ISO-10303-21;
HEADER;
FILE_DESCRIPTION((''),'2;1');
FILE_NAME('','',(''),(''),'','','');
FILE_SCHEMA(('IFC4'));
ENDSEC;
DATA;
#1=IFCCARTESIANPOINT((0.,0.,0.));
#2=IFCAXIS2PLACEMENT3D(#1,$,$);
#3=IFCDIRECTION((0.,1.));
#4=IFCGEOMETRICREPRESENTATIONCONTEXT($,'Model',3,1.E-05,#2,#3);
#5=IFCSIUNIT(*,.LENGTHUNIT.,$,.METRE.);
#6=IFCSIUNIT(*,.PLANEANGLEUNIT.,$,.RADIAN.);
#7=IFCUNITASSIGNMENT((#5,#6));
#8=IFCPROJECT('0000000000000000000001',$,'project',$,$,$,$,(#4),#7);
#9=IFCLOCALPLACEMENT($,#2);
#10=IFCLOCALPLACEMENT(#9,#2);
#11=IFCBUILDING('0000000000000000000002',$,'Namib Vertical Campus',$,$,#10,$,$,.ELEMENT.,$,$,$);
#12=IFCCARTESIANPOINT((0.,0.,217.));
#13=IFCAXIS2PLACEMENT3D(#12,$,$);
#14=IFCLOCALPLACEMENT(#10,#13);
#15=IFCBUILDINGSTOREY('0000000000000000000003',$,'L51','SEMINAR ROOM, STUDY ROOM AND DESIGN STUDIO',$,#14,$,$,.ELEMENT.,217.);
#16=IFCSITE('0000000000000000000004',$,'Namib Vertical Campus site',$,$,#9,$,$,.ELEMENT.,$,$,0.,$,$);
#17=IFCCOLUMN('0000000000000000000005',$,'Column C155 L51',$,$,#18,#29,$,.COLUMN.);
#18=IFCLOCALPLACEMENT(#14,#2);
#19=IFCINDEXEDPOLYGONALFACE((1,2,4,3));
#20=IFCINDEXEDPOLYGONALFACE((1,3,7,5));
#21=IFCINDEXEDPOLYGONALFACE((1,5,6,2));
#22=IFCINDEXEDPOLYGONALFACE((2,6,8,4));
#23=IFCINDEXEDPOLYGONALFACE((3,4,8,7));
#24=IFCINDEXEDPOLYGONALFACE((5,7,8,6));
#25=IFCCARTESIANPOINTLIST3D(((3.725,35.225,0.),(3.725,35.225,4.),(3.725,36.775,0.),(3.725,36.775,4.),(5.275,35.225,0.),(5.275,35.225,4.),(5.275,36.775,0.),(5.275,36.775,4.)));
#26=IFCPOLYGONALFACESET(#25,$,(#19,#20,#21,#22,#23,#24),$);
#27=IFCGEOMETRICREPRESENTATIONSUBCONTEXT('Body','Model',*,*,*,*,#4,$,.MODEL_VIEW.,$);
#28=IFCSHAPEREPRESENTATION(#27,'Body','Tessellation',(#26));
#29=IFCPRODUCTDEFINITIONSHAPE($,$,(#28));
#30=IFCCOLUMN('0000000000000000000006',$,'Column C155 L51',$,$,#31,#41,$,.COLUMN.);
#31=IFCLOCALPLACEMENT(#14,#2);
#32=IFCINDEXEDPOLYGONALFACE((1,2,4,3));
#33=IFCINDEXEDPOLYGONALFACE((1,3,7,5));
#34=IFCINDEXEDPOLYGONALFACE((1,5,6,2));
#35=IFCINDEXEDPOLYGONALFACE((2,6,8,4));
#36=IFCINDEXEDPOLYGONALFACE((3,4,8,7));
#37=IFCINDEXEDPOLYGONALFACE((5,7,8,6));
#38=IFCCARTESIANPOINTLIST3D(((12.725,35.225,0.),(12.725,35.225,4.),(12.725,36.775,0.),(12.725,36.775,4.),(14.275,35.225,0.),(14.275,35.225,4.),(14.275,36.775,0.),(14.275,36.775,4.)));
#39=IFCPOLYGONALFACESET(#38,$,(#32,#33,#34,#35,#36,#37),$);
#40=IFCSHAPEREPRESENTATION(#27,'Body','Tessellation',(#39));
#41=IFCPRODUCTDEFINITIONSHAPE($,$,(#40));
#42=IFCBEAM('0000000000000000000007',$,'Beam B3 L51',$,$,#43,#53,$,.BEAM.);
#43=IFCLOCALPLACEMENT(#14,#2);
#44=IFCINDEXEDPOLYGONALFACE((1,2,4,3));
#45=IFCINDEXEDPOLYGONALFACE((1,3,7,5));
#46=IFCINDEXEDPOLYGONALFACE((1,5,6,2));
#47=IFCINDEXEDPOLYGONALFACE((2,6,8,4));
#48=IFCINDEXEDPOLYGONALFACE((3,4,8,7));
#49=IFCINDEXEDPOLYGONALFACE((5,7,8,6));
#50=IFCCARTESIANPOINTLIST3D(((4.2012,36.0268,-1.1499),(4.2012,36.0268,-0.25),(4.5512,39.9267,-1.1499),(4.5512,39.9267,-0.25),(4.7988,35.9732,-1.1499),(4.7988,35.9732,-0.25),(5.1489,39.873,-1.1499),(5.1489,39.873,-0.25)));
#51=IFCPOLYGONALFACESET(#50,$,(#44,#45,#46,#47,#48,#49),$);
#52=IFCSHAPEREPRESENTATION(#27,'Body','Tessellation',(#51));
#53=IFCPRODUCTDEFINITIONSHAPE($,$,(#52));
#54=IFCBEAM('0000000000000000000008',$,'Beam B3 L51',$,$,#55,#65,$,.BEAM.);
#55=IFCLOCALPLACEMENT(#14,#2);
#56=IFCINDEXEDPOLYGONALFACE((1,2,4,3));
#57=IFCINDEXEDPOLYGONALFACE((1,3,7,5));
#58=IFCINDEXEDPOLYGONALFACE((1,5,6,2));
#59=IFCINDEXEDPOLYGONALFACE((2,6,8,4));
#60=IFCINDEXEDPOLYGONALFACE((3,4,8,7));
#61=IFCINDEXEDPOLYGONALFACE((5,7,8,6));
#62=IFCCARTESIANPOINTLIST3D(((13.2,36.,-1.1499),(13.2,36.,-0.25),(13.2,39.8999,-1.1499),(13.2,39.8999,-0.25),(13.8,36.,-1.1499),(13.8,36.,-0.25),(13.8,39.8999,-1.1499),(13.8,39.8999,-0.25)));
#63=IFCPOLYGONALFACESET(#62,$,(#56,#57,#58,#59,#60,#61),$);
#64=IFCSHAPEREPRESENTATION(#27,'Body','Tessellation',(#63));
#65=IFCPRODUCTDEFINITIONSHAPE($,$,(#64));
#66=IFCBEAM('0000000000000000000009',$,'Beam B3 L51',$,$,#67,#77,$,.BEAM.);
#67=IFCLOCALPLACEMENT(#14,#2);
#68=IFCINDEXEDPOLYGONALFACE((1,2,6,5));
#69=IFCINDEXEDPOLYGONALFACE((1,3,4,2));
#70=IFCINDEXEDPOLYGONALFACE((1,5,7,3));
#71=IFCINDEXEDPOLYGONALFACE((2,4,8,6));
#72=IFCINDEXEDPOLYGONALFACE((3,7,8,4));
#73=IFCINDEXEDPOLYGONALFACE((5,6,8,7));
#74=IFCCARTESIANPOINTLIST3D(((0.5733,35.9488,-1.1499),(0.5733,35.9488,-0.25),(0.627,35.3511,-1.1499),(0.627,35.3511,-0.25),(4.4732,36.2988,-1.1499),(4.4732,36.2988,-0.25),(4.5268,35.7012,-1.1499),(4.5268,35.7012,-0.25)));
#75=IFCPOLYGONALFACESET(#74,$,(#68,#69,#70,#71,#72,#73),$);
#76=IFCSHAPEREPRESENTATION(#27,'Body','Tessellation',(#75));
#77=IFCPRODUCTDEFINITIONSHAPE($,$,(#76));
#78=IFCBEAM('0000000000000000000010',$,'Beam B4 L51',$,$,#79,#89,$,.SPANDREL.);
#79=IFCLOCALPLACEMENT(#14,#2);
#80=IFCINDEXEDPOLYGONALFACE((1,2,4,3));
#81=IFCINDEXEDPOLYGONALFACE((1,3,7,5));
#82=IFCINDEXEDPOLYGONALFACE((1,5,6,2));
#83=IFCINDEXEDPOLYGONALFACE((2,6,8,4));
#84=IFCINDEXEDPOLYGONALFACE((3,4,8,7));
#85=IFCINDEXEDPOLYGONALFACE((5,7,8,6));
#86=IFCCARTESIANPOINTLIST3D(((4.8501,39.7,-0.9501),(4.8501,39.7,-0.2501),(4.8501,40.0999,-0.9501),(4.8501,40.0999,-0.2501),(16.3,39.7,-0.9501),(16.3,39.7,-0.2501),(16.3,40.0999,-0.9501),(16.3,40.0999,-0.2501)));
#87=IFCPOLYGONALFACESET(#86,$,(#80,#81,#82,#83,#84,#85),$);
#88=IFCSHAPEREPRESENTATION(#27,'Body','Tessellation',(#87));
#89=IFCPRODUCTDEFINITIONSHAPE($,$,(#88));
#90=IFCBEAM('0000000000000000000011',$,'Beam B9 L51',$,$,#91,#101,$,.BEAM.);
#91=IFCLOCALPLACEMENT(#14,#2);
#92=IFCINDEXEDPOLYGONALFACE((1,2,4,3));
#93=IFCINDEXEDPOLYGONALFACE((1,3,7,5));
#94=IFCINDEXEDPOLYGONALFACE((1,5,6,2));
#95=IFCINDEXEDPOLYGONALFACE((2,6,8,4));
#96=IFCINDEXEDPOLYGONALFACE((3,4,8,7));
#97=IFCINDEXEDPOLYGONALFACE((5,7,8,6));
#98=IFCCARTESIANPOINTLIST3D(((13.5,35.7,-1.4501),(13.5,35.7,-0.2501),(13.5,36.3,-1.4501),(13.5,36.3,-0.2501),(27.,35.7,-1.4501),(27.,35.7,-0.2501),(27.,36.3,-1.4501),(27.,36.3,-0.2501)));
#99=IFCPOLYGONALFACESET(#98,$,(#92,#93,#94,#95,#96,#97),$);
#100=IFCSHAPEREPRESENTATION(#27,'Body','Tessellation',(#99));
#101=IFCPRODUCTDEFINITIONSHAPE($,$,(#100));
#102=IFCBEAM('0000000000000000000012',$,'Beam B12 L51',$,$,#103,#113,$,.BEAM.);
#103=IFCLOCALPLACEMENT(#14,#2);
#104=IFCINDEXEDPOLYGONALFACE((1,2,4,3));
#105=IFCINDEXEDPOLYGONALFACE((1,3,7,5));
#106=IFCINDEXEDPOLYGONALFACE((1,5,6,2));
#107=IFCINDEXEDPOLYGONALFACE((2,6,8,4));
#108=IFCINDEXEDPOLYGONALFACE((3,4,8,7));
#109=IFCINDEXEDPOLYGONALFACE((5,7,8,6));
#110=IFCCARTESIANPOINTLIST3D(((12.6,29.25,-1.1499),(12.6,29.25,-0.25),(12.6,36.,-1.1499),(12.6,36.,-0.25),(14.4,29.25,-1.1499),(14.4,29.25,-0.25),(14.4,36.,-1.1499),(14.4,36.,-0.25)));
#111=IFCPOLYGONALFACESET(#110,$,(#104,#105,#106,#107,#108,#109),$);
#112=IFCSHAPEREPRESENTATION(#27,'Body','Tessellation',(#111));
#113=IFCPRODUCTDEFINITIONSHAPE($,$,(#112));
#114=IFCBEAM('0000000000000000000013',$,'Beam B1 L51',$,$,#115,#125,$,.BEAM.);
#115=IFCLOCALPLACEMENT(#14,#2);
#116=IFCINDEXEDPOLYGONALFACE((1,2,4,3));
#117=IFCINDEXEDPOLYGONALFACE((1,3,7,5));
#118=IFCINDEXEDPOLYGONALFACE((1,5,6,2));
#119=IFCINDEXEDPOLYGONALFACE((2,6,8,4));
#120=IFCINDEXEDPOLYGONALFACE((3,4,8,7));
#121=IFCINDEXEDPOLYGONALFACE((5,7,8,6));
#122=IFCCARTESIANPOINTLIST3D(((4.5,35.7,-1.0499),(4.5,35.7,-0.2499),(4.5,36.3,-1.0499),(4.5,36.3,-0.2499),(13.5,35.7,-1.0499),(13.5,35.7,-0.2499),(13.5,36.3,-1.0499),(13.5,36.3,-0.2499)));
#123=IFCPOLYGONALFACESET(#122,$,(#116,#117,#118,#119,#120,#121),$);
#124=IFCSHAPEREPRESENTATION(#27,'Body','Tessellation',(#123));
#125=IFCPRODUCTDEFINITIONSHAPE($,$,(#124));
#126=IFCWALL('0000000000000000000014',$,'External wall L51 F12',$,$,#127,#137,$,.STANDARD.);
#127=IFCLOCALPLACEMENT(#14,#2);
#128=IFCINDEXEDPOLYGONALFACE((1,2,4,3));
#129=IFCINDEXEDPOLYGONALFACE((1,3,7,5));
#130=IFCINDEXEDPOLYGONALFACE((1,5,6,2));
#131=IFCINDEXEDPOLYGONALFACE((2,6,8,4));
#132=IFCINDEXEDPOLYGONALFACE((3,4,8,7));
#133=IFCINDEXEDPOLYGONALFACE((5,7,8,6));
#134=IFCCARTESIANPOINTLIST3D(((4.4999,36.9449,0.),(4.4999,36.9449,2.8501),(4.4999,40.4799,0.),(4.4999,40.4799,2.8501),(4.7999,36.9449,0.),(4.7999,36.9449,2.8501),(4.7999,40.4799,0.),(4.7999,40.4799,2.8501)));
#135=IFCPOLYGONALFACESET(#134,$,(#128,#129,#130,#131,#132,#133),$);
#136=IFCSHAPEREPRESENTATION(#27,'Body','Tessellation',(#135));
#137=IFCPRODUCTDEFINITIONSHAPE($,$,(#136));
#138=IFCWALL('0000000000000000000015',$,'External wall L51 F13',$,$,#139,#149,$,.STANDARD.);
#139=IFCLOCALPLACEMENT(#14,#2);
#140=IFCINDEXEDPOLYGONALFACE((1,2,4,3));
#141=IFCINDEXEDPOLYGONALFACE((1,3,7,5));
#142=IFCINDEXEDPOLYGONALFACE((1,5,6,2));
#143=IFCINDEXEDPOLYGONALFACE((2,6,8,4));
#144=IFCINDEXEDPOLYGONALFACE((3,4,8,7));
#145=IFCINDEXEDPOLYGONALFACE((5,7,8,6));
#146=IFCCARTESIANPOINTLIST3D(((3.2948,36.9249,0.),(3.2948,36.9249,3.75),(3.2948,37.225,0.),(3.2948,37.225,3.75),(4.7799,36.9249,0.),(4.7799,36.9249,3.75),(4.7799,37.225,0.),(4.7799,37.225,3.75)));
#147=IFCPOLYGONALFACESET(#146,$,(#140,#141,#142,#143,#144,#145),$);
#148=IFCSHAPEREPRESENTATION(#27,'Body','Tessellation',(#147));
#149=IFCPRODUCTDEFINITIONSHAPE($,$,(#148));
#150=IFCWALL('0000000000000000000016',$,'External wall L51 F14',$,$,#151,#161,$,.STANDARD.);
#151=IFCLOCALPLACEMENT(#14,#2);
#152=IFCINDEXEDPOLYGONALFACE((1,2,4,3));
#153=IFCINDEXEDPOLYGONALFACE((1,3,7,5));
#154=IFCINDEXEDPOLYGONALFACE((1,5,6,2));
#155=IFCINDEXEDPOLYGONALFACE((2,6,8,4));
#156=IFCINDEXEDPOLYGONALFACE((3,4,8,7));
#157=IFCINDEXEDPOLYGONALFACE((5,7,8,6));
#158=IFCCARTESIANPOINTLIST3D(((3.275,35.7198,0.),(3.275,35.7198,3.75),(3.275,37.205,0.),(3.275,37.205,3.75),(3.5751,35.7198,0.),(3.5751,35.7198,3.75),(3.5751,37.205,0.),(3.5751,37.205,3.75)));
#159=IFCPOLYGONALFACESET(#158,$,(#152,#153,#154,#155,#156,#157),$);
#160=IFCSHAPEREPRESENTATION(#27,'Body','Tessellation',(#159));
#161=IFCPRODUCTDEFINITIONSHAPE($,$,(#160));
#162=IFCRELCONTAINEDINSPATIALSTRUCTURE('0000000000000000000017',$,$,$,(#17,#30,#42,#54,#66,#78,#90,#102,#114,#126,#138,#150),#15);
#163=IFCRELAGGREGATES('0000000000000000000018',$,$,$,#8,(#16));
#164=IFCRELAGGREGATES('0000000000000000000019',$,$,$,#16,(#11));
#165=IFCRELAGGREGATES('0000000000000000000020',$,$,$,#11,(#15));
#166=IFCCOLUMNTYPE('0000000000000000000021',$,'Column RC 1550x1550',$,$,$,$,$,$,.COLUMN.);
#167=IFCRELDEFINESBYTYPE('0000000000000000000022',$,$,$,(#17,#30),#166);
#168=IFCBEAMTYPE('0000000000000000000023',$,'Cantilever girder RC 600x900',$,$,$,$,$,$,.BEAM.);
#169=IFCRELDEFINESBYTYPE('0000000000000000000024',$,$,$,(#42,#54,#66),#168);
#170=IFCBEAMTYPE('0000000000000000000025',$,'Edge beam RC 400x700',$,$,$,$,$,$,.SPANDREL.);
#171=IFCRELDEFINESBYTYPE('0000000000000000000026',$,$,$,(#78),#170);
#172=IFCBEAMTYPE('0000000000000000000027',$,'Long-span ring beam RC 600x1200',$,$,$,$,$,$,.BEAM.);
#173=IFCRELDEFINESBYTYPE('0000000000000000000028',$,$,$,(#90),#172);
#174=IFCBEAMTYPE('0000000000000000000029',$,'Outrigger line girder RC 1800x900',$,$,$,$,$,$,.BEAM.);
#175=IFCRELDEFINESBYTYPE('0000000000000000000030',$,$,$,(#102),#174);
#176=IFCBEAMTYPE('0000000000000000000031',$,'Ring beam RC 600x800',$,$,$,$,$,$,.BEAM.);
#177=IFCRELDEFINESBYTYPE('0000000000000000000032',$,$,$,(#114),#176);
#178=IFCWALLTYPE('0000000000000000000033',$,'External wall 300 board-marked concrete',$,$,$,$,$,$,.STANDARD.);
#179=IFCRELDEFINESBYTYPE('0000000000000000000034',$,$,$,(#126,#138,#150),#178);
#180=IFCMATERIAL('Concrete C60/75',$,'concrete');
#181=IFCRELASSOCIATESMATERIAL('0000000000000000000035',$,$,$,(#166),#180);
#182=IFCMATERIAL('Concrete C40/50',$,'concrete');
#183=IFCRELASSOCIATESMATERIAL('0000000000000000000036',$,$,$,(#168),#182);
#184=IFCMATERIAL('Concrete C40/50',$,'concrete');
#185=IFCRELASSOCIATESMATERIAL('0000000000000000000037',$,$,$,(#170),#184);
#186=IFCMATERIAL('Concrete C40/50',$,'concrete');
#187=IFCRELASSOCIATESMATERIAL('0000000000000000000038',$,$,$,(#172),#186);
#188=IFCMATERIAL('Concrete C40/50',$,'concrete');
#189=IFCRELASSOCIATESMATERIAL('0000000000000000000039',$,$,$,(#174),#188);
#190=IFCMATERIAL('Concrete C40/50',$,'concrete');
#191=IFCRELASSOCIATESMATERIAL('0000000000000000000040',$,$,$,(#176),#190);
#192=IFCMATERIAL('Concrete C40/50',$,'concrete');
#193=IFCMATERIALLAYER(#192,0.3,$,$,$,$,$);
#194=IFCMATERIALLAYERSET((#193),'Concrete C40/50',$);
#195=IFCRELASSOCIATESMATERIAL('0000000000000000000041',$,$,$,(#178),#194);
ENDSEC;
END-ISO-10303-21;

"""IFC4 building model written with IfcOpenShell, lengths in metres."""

from ifc_helpers import new_model, si_unit, direction, frame, frame_2d, origin, origin_2d, place, context, subcontext, project, spatial, rectangle, extrude, material, layer, layer_set, material_profile, profile_set, type_object, element, save


model = new_model("IFC4")

# Units and contexts
model_context = context("Model", 3, precision=1e-05, world=origin(), true_north=direction((0.0, 1.0)))
body_context = subcontext(model_context, "Body", "Model", "MODEL_VIEW")
ifc_project = project(units=[si_unit("LENGTHUNIT", "METRE"), si_unit("PLANEANGLEUNIT", "RADIAN")], contexts=[model_context])

# Site, building, storey
site_placement = place(None, origin())
site = spatial("IfcSite", under=ifc_project, at=site_placement, Name="Namib Vertical Campus site", CompositionType="ELEMENT", RefElevation=0.0)
building_placement = place(site_placement, origin())
building = spatial("IfcBuilding", under=site, at=building_placement, Name="Namib Vertical Campus", CompositionType="ELEMENT")
storey_placement = place(building_placement, frame((0.0, 0.0, 217.0)))
storey = spatial("IfcBuildingStorey", under=building, at=storey_placement, Name="L51", Description="SEMINAR ROOM, STUDY ROOM AND DESIGN STUDIO", CompositionType="ELEMENT", Elevation=217.0)

# Columns
ifc_material_1 = material(Name="Concrete C60/75", Category="concrete")
ifc_material_profile_1 = material_profile(ifc_material_1, rectangle(XDim=1.55, YDim=1.55, at=origin_2d()))
ifc_profile_set_1 = profile_set([ifc_material_profile_1], Name="Concrete C60/75")
column_type = type_object("IfcColumnType", Name="Column RC 1550x1550", PredefinedType="COLUMN", material=ifc_profile_set_1)
for number, where, z_axis, x_axis, name in (
    (1, (4.5, 36.0, 0.0), (0.0, 0.0, 1.0), (1.0, 0.0, 0.0), "Column C155 L51"),
    (2, (13.5, 36.0, 0.0), (0.0, 0.0, 1.0), (1.0, 0.0, 0.0), "Column C155 L51"),
):
    element("IfcColumn", number, at=place(storey_placement, frame(where, z_axis=z_axis, x_axis=x_axis)), inside=storey, type_object=column_type, Name=name, PredefinedType="COLUMN", context=body_context, shape_type="SweptSolid", body=[
        extrude(rectangle(XDim=1.55, YDim=1.55, at=origin_2d()), origin(), (0.0, 0.0, 1.0), 4.0),
    ])

# Beams
ifc_material_2 = material(Name="Concrete C40/50", Category="concrete")
ifc_material_profile_2 = material_profile(ifc_material_2, rectangle(XDim=0.6001, YDim=0.8999, at=origin_2d()))
ifc_profile_set_2 = profile_set([ifc_material_profile_2], Name="Concrete C40/50")
beam_type_1 = type_object("IfcBeamType", Name="Cantilever girder RC 600x900", PredefinedType="BEAM", material=ifc_profile_set_2)
beam_1_placement = place(storey_placement, frame((4.5, 36.0, -0.7), z_axis=(0.089411, 0.995995, 0.0), x_axis=(-0.995995, 0.089411, 0.0)))
element("IfcBeam", 3, at=beam_1_placement, inside=storey, type_object=beam_type_1, Name="Beam B3 L51", PredefinedType="BEAM", context=body_context, shape_type="SweptSolid", body=[
    extrude(rectangle(XDim=0.6001, YDim=0.8999, at=origin_2d()), origin(), (0.0, 0.0, 1.0), 3.9155),
])
beam_2_placement = place(storey_placement, frame((13.5, 36.0, -0.7), z_axis=(0.0, 1.0, 0.0), x_axis=(-1.0, 0.0, 0.0)))
element("IfcBeam", 4, at=beam_2_placement, inside=storey, type_object=beam_type_1, Name="Beam B3 L51", PredefinedType="BEAM", context=body_context, shape_type="SweptSolid", body=[
    extrude(rectangle(XDim=0.6001, YDim=0.8999, at=origin_2d()), origin(), (0.0, 0.0, 1.0), 3.8999),
])
beam_3_placement = place(storey_placement, frame((4.5, 36.0, -0.7), z_axis=(-0.995995, -0.089411, 0.0), x_axis=(0.089411, -0.995995, 0.0)))
element("IfcBeam", 5, at=beam_3_placement, inside=storey, type_object=beam_type_1, Name="Beam B3 L51", PredefinedType="BEAM", context=body_context, shape_type="SweptSolid", body=[
    extrude(rectangle(XDim=0.6001, YDim=0.8999, at=origin_2d()), origin(), (0.0, 0.0, 1.0), 3.9155),
])
ifc_material_3 = material(Name="Concrete C40/50", Category="concrete")
ifc_material_profile_3 = material_profile(ifc_material_3, rectangle(XDim=0.3999, YDim=0.7, at=origin_2d()))
ifc_profile_set_3 = profile_set([ifc_material_profile_3], Name="Concrete C40/50")
beam_type_2 = type_object("IfcBeamType", Name="Edge beam RC 400x700", PredefinedType="SPANDREL", material=ifc_profile_set_3)
beam_4_placement = place(storey_placement, frame((4.8501, 39.8999, -0.6001), z_axis=(1.0, 0.0, 0.0), x_axis=(0.0, 1.0, 0.0)))
element("IfcBeam", 6, at=beam_4_placement, inside=storey, type_object=beam_type_2, Name="Beam B4 L51", PredefinedType="SPANDREL", context=body_context, shape_type="SweptSolid", body=[
    extrude(rectangle(XDim=0.3999, YDim=0.7, at=origin_2d()), origin(), (0.0, 0.0, 1.0), 11.45),
])
ifc_material_4 = material(Name="Concrete C40/50", Category="concrete")
ifc_material_profile_4 = material_profile(ifc_material_4, rectangle(XDim=0.6001, YDim=1.2, at=origin_2d()))
ifc_profile_set_4 = profile_set([ifc_material_profile_4], Name="Concrete C40/50")
beam_type_3 = type_object("IfcBeamType", Name="Long-span ring beam RC 600x1200", PredefinedType="BEAM", material=ifc_profile_set_4)
beam_5_placement = place(storey_placement, frame((13.5, 36.0, -0.8501), z_axis=(1.0, 0.0, 0.0), x_axis=(0.0, 1.0, 0.0)))
element("IfcBeam", 7, at=beam_5_placement, inside=storey, type_object=beam_type_3, Name="Beam B9 L51", PredefinedType="BEAM", context=body_context, shape_type="SweptSolid", body=[
    extrude(rectangle(XDim=0.6001, YDim=1.2, at=origin_2d()), origin(), (0.0, 0.0, 1.0), 13.5),
])
ifc_material_5 = material(Name="Concrete C40/50", Category="concrete")
ifc_material_profile_5 = material_profile(ifc_material_5, rectangle(XDim=1.8, YDim=0.8999, at=origin_2d()))
ifc_profile_set_5 = profile_set([ifc_material_profile_5], Name="Concrete C40/50")
beam_type_4 = type_object("IfcBeamType", Name="Outrigger line girder RC 1800x900", PredefinedType="BEAM", material=ifc_profile_set_5)
beam_6_placement = place(storey_placement, frame((13.5, 36.0, -0.7), z_axis=(0.0, -1.0, 0.0), x_axis=(1.0, 0.0, 0.0)))
element("IfcBeam", 8, at=beam_6_placement, inside=storey, type_object=beam_type_4, Name="Beam B12 L51", PredefinedType="BEAM", context=body_context, shape_type="SweptSolid", body=[
    extrude(rectangle(XDim=1.8, YDim=0.8999, at=origin_2d()), origin(), (0.0, 0.0, 1.0), 6.75),
])
ifc_material_6 = material(Name="Concrete C40/50", Category="concrete")
ifc_material_profile_6 = material_profile(ifc_material_6, rectangle(XDim=0.6001, YDim=0.8, at=origin_2d()))
ifc_profile_set_6 = profile_set([ifc_material_profile_6], Name="Concrete C40/50")
beam_type_5 = type_object("IfcBeamType", Name="Ring beam RC 600x800", PredefinedType="BEAM", material=ifc_profile_set_6)
beam_7_placement = place(storey_placement, frame((4.5, 36.0, -0.6499), z_axis=(1.0, 0.0, 0.0), x_axis=(0.0, 1.0, 0.0)))
element("IfcBeam", 9, at=beam_7_placement, inside=storey, type_object=beam_type_5, Name="Beam B1 L51", PredefinedType="BEAM", context=body_context, shape_type="SweptSolid", body=[
    extrude(rectangle(XDim=0.6001, YDim=0.8, at=origin_2d()), origin(), (0.0, 0.0, 1.0), 9.0),
])

# Walls
ifc_material_7 = material(Name="Concrete C40/50", Category="concrete")
ifc_layer_1 = layer(ifc_material_7, 0.3)
ifc_layer_set_1 = layer_set([ifc_layer_1], Name="Concrete C40/50")
wall_type_1 = type_object("IfcWallType", Name="External wall 300 board-marked concrete", PredefinedType="STANDARD", material=ifc_layer_set_1)
wall_1_placement = place(storey_placement, frame((4.6499, 40.48, 0.0), z_axis=(0.0, 0.0, 1.0), x_axis=(0.0, -1.0, 0.0)))
element("IfcWall", 10, at=wall_1_placement, inside=storey, type_object=wall_type_1, Name="External wall L51 F12", PredefinedType="STANDARD", context=body_context, shape_type="SweptSolid", body=[
    extrude(rectangle(XDim=3.5349, YDim=0.3, at=frame_2d((1.7676, 0.0))), origin(), (0.0, 0.0, 1.0), 2.8501),
])
for number, where, z_axis, x_axis, name in (
    (11, (4.78, 37.075, 0.0), (0.0, 0.0, 1.0), (-1.0, 0.0, 0.0), "External wall L51 F13"),
    (12, (3.425, 37.2051, 0.0), (0.0, 0.0, 1.0), (0.0, -1.0, 0.0), "External wall L51 F14"),
):
    element("IfcWall", number, at=place(storey_placement, frame(where, z_axis=z_axis, x_axis=x_axis)), inside=storey, type_object=wall_type_1, Name=name, PredefinedType="STANDARD", context=body_context, shape_type="SweptSolid", body=[
        extrude(rectangle(XDim=1.4851, YDim=0.3, at=frame_2d((0.7427, 0.0))), origin(), (0.0, 0.0, 1.0), 3.75),
    ])

save(model, "model.ifc")
